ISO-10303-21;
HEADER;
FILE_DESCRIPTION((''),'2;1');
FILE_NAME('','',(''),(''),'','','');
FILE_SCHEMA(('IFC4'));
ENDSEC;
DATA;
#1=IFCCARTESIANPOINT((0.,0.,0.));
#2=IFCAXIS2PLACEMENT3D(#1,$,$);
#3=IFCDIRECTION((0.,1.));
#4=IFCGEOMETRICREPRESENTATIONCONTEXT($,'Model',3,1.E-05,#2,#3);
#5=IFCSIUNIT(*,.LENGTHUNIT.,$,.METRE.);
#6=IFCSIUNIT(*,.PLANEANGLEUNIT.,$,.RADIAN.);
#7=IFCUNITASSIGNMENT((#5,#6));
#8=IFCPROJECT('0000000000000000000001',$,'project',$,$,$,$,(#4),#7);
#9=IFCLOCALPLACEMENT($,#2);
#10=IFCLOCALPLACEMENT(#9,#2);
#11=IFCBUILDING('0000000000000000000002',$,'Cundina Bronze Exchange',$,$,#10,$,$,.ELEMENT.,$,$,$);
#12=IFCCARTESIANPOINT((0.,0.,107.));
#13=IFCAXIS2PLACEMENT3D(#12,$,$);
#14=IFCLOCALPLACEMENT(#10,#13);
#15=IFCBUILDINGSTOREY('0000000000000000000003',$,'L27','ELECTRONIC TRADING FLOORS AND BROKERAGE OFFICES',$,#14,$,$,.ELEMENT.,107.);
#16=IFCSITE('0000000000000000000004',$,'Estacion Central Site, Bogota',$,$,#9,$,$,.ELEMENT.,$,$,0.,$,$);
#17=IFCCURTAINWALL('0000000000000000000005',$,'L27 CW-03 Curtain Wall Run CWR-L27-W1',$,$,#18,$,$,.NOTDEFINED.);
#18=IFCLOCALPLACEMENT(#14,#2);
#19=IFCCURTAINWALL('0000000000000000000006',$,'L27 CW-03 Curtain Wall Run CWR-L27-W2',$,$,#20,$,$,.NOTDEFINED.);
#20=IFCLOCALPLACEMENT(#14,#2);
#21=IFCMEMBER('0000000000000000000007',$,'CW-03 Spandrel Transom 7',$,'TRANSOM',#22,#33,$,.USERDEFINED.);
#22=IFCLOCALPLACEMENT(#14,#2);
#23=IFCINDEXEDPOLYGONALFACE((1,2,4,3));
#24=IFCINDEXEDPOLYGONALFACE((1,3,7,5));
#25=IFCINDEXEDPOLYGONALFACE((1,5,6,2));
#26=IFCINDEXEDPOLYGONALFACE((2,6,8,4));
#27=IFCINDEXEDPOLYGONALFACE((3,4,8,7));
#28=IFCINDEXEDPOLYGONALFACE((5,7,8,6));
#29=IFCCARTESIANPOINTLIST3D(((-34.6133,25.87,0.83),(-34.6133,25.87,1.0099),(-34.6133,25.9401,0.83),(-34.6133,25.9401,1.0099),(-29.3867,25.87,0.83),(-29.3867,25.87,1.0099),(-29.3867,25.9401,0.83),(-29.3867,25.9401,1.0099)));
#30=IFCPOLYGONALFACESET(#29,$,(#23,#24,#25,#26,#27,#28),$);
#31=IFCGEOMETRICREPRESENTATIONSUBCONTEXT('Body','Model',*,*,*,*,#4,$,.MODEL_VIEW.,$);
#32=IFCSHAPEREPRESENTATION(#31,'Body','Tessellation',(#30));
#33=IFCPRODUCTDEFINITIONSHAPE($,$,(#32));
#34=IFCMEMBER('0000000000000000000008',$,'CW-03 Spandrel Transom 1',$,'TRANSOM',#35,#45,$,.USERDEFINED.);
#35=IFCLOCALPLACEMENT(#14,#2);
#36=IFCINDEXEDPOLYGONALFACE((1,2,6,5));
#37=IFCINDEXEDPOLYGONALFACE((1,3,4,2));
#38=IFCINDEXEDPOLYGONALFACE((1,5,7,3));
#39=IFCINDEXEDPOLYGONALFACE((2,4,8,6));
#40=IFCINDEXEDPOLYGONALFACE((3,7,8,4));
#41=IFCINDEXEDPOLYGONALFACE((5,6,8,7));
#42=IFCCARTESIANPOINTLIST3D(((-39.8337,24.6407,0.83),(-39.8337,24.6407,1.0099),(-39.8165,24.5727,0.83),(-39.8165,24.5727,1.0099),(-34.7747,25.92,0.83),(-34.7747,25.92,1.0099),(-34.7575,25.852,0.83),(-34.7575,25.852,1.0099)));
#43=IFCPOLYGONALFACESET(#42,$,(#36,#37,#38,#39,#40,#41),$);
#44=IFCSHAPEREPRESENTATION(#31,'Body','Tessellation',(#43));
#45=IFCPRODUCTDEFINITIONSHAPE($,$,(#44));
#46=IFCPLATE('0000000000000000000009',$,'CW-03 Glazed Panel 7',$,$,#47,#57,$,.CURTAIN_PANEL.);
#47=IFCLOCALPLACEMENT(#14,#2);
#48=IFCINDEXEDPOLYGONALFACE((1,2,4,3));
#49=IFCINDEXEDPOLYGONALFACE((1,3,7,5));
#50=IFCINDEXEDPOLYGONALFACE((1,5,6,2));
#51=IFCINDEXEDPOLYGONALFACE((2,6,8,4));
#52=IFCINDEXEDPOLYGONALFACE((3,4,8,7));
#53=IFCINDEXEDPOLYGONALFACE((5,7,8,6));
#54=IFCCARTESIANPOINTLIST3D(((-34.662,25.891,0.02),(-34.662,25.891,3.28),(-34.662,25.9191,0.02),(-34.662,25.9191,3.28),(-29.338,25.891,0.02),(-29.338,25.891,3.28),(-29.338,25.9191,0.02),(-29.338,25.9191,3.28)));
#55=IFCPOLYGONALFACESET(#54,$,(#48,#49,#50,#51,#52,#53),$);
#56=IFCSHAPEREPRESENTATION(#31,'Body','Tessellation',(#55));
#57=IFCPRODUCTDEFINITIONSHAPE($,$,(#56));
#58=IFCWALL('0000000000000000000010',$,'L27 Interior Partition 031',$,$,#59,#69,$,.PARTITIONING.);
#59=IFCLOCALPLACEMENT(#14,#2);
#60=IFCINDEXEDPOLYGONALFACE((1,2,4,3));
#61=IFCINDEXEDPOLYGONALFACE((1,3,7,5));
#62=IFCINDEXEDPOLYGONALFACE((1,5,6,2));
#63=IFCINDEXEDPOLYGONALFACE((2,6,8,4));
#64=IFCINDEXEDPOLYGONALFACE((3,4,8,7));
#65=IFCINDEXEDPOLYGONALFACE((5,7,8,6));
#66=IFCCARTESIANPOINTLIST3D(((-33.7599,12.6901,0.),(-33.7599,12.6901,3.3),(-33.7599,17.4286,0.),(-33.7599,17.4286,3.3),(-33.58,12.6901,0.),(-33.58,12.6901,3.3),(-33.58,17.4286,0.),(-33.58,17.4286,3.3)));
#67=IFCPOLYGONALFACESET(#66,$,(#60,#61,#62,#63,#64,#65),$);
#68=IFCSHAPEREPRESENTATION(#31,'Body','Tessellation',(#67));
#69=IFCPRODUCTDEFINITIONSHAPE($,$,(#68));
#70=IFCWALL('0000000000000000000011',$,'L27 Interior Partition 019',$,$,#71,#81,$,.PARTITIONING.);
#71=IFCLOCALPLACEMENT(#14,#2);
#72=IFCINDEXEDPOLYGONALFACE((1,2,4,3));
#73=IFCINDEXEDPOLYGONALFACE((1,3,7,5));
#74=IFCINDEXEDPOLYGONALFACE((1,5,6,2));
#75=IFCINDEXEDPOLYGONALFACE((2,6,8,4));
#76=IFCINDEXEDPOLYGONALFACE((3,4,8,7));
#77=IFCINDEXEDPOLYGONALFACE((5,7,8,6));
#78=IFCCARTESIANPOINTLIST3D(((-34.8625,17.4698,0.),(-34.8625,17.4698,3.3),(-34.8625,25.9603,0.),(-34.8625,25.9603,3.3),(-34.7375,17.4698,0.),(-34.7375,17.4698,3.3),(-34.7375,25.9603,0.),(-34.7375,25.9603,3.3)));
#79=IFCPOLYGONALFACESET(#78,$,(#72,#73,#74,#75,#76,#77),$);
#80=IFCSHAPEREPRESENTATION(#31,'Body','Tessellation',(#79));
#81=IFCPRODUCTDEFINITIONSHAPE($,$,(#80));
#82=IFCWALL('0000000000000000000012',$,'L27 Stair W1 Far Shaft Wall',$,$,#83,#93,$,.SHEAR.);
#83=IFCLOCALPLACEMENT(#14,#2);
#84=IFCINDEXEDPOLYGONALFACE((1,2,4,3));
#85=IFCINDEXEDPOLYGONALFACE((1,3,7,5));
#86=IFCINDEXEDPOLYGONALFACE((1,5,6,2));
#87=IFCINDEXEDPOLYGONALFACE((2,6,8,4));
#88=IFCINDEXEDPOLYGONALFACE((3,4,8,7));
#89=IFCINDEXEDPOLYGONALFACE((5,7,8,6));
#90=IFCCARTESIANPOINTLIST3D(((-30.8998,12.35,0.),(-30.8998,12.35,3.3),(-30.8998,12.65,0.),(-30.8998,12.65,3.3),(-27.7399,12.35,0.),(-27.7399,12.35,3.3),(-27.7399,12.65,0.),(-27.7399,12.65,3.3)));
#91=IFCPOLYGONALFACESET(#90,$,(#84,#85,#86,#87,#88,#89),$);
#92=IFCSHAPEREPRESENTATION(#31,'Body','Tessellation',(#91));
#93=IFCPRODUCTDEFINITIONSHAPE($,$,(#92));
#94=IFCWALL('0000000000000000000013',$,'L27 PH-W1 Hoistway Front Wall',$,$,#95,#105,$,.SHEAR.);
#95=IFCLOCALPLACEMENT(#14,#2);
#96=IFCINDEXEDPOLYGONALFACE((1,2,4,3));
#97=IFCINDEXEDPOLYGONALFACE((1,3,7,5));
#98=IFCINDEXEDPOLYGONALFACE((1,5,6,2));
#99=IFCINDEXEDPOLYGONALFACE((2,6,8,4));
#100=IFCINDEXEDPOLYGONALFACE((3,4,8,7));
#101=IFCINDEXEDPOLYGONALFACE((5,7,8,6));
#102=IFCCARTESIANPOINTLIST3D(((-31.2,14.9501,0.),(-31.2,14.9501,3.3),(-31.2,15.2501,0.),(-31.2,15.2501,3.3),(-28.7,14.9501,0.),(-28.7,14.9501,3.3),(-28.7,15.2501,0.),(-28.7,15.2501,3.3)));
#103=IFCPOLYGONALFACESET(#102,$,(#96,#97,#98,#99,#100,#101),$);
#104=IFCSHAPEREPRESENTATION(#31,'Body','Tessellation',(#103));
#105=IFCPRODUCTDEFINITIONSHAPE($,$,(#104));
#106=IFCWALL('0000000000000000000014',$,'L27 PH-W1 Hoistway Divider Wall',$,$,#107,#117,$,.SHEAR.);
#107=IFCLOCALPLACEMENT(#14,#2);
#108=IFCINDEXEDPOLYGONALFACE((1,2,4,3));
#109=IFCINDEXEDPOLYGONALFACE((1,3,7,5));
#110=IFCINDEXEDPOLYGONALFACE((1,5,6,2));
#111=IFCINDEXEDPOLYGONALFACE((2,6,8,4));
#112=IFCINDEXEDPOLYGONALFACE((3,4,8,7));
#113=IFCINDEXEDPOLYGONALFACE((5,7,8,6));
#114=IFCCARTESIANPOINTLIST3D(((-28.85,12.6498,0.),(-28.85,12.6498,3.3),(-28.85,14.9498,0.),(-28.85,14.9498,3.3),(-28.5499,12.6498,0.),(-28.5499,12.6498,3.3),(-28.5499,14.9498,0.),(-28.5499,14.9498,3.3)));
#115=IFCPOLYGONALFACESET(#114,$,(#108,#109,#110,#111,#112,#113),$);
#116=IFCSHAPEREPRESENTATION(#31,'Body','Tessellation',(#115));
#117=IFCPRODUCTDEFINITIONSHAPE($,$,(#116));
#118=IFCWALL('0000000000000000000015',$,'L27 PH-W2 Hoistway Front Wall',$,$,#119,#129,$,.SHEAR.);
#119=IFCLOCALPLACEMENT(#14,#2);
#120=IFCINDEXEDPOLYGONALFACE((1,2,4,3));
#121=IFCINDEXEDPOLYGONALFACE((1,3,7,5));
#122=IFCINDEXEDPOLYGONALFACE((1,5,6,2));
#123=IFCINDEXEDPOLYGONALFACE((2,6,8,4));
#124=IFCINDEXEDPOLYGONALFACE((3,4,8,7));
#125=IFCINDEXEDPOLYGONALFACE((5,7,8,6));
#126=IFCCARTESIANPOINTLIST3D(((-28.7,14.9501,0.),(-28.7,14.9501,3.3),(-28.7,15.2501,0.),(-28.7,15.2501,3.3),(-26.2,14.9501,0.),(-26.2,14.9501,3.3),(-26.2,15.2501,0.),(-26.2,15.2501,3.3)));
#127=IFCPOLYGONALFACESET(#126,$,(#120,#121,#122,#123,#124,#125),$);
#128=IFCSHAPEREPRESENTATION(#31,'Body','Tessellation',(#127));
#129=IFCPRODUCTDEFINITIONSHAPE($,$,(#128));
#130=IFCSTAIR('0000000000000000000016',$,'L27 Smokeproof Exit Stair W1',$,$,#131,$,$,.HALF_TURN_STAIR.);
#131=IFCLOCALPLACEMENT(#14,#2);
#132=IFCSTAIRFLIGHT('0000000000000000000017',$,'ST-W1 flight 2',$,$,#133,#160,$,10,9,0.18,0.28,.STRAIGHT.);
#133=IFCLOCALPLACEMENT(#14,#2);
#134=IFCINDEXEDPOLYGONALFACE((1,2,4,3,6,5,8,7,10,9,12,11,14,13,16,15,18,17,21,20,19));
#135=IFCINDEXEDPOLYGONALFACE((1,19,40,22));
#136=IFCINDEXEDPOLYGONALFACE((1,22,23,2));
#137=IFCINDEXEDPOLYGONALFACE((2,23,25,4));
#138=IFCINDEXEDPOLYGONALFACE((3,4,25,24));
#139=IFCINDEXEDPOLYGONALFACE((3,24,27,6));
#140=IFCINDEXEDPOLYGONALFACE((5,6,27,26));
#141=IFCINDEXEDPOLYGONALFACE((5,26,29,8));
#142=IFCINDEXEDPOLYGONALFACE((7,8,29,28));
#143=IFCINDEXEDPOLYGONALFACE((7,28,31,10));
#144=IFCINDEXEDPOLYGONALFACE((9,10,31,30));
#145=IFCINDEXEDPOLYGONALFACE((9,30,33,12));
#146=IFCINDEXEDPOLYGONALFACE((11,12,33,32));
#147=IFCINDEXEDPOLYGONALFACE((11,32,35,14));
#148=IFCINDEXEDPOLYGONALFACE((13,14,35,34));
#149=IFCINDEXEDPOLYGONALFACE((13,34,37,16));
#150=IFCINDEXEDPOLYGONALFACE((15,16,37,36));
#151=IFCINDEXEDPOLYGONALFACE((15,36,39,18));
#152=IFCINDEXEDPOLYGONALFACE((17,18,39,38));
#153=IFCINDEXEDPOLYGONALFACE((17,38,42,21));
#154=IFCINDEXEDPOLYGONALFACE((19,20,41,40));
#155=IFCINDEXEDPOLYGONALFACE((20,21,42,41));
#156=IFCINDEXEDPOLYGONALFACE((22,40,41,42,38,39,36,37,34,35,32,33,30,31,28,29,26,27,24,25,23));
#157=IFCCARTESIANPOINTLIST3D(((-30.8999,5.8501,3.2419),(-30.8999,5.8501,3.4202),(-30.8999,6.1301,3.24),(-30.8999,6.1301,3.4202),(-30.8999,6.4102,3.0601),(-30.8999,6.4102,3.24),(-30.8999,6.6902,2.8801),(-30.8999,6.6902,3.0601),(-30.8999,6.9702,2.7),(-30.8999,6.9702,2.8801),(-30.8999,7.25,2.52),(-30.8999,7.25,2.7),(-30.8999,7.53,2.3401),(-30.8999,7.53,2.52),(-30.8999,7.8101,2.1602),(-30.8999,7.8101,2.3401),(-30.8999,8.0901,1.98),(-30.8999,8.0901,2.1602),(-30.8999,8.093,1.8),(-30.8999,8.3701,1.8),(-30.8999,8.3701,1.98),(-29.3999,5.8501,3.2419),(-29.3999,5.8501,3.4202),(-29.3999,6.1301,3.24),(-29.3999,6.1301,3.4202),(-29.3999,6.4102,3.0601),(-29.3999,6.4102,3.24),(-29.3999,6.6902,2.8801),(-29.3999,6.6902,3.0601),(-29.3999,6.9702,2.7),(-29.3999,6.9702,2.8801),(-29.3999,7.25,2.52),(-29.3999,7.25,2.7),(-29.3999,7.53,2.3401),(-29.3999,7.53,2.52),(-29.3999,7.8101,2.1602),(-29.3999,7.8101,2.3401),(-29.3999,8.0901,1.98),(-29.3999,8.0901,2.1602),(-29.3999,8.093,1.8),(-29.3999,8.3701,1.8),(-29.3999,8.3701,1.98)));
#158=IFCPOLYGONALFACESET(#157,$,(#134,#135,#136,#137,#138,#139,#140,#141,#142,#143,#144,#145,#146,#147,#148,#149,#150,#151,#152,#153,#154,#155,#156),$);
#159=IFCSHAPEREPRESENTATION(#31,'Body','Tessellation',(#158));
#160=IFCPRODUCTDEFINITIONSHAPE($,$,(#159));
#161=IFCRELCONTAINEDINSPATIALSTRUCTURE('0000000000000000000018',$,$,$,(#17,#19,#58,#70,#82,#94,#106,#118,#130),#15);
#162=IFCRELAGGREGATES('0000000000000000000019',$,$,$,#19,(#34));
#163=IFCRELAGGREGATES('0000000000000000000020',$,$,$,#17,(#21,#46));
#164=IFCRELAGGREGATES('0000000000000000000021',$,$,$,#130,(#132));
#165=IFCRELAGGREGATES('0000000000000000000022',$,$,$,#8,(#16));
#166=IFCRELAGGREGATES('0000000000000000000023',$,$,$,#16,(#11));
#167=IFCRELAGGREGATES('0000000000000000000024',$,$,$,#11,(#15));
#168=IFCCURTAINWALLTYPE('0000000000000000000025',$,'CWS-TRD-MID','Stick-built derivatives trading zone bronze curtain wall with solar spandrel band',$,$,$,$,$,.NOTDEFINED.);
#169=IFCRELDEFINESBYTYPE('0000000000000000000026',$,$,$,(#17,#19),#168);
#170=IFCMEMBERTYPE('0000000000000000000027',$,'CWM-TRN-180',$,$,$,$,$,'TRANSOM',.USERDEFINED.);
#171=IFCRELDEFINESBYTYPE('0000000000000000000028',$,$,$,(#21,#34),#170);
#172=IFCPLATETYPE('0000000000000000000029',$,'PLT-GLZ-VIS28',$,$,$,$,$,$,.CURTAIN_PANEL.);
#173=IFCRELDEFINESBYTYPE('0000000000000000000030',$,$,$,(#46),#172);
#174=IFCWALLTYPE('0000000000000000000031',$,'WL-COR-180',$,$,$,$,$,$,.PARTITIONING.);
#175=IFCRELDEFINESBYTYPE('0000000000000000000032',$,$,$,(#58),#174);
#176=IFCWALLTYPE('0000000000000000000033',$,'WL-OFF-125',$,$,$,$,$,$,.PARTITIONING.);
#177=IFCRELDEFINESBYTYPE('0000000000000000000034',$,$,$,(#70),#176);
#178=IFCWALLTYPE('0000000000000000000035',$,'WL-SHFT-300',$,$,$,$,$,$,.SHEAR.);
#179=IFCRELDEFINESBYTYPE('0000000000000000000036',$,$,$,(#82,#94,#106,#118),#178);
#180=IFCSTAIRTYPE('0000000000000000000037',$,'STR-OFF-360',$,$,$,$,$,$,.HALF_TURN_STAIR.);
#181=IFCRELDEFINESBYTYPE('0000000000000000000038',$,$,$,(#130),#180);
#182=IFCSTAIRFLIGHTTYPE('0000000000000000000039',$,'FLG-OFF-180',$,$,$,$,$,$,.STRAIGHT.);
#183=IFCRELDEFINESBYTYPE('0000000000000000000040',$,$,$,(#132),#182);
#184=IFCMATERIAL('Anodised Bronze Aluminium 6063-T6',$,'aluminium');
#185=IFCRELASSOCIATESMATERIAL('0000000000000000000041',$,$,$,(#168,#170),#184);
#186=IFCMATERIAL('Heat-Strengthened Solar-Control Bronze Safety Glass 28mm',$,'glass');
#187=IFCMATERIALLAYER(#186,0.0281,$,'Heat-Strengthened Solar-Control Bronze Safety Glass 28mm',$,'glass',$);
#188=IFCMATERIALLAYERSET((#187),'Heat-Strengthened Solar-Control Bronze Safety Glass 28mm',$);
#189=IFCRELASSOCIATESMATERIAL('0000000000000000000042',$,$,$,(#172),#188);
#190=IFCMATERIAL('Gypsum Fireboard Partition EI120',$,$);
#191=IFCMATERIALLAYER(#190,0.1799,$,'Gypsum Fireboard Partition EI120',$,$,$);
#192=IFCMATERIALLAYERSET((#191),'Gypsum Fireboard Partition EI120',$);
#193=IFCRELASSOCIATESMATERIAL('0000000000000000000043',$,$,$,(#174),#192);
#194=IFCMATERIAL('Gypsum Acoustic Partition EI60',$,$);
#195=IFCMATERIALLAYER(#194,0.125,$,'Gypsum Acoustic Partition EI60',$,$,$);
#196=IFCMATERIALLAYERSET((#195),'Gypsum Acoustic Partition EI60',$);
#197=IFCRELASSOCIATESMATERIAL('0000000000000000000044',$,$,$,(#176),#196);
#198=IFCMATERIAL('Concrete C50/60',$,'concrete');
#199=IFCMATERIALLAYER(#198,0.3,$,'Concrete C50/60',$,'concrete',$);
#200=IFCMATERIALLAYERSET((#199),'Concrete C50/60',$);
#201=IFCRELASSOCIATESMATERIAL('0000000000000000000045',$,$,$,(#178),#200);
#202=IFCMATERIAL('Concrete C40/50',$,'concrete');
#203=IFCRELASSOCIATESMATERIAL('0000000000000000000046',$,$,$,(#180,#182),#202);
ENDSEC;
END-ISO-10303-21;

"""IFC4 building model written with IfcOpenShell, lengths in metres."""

from ifc_helpers import new_model, si_unit, direction, frame, frame_2d, origin, origin_2d, place, context, subcontext, project, spatial, polyline, rectangle, outline, extrude, material, layer, layer_set, material_profile, profile_set, type_object, element, aggregate, save


model = new_model("IFC4")

# Units and contexts
model_context = context("Model", 3, precision=1e-05, world=origin(), true_north=direction((0.0, 1.0)))
body_context = subcontext(model_context, "Body", "Model", "MODEL_VIEW")
ifc_project = project(units=[si_unit("LENGTHUNIT", "METRE"), si_unit("PLANEANGLEUNIT", "RADIAN")], contexts=[model_context])

# Site, building, storey
site_placement = place(None, origin())
site = spatial("IfcSite", under=ifc_project, at=site_placement, Name="Estacion Central Site, Bogota", CompositionType="ELEMENT", RefElevation=0.0)
building_placement = place(site_placement, origin())
building = spatial("IfcBuilding", under=site, at=building_placement, Name="Cundina Bronze Exchange", CompositionType="ELEMENT")
storey_placement = place(building_placement, frame((0.0, 0.0, 107.0)))
storey = spatial("IfcBuildingStorey", under=building, at=storey_placement, Name="L27", Description="ELECTRONIC TRADING FLOORS AND BROKERAGE OFFICES", CompositionType="ELEMENT", Elevation=107.0)

# Curtain wall
ifc_material_1 = material(Name="Anodised Bronze Aluminium 6063-T6", Category="aluminium")
curtain_wall_type = type_object("IfcCurtainWallType", Name="CWS-TRD-MID", Description="Stick-built derivatives trading zone bronze curtain wall with solar spandrel band", PredefinedType="NOTDEFINED", material=ifc_material_1)
curtain_wall_1_placement = place(storey_placement, origin())
curtain_wall_1 = element("IfcCurtainWall", 1, at=curtain_wall_1_placement, inside=storey, type_object=curtain_wall_type, Name="L27 CW-03 Curtain Wall Run CWR-L27-W1", PredefinedType="NOTDEFINED")

# Curtain wall
curtain_wall_2_placement = place(storey_placement, origin())
curtain_wall_2 = element("IfcCurtainWall", 2, at=curtain_wall_2_placement, inside=storey, type_object=curtain_wall_type, Name="L27 CW-03 Curtain Wall Run CWR-L27-W2", PredefinedType="NOTDEFINED")

# Members
ifc_material_profile_1 = material_profile(ifc_material_1, rectangle(XDim=0.0701, YDim=0.1799, at=origin_2d()), Name="AL70X180", Category="aluminium")
ifc_profile_set_1 = profile_set([ifc_material_profile_1], Name="Anodised Bronze Aluminium 6063-T6")
member_type_1 = type_object("IfcMemberType", Name="CWM-TRN-180", ElementType="TRANSOM", PredefinedType="USERDEFINED", material=ifc_profile_set_1)
member_1_placement = place(storey_placement, frame((-29.3867, 25.905, 0.9199), z_axis=(-1.0, 0.0, 0.0), x_axis=(0.0, -1.0, 0.0)))
member_1 = element("IfcMember", 3, at=member_1_placement, type_object=member_type_1, Name="CW-03 Spandrel Transom 7", ObjectType="TRANSOM", PredefinedType="USERDEFINED", context=body_context, shape_type="SweptSolid", body=[
    extrude(rectangle(XDim=0.0701, YDim=0.1799, at=origin_2d()), origin(), (0.0, 0.0, 1.0), 5.2266),
])
member_2_placement = place(storey_placement, frame((-34.7661, 25.886, 0.9199), z_axis=(-0.969484, -0.245155, 0.0), x_axis=(0.245155, -0.969484, 0.0)))
member_2 = element("IfcMember", 4, at=member_2_placement, type_object=member_type_1, Name="CW-03 Spandrel Transom 1", ObjectType="TRANSOM", PredefinedType="USERDEFINED", context=body_context, shape_type="SweptSolid", body=[
    extrude(rectangle(XDim=0.0701, YDim=0.1799, at=origin_2d()), origin(), (0.0, 0.0, 1.0), 5.2183),
])
aggregate(curtain_wall_2, [member_2])

# Plate
ifc_material_2 = material(Name="Heat-Strengthened Solar-Control Bronze Safety Glass 28mm", Category="glass")
ifc_layer_1 = layer(ifc_material_2, 0.0281, Name="Heat-Strengthened Solar-Control Bronze Safety Glass 28mm", Category="glass")
ifc_layer_set_1 = layer_set([ifc_layer_1], Name="Heat-Strengthened Solar-Control Bronze Safety Glass 28mm")
plate_type = type_object("IfcPlateType", Name="PLT-GLZ-VIS28", PredefinedType="CURTAIN_PANEL", material=ifc_layer_set_1)
plate_placement = place(storey_placement, frame((-32.0, 25.905, 0.02), z_axis=(0.0, 0.0, 1.0), x_axis=(-1.0, 0.0, 0.0)))
plate = element("IfcPlate", 5, at=plate_placement, type_object=plate_type, Name="CW-03 Glazed Panel 7", PredefinedType="CURTAIN_PANEL", context=body_context, shape_type="SweptSolid", body=[
    extrude(rectangle(XDim=5.324, YDim=0.0281, at=origin_2d()), origin(), (0.0, 0.0, 1.0), 3.26),
])
aggregate(curtain_wall_1, [member_1, plate])

# Shared definitions
ifc_material_3 = material(Name="Gypsum Fireboard Partition EI120")
ifc_layer_2 = layer(ifc_material_3, 0.1799, Name="Gypsum Fireboard Partition EI120")
ifc_layer_set_2 = layer_set([ifc_layer_2], Name="Gypsum Fireboard Partition EI120")
wall_type_1 = type_object("IfcWallType", Name="WL-COR-180", PredefinedType="PARTITIONING", material=ifc_layer_set_2)

# Wall
wall_1_placement = place(storey_placement, frame((-33.6699, 17.4285, 0.0), z_axis=(0.0, 0.0, 1.0), x_axis=(0.0, -1.0, 0.0)))
element("IfcWall", 6, at=wall_1_placement, inside=storey, type_object=wall_type_1, Name="L27 Interior Partition 031", PredefinedType="PARTITIONING", context=body_context, shape_type="SweptSolid", body=[
    extrude(rectangle(XDim=4.7385, YDim=0.1799, at=frame_2d((2.3691, 0.0))), origin(), (0.0, 0.0, 1.0), 3.3),
])

# Wall
ifc_material_4 = material(Name="Gypsum Acoustic Partition EI60")
ifc_layer_3 = layer(ifc_material_4, 0.125, Name="Gypsum Acoustic Partition EI60")
ifc_layer_set_3 = layer_set([ifc_layer_3], Name="Gypsum Acoustic Partition EI60")
wall_type_2 = type_object("IfcWallType", Name="WL-OFF-125", PredefinedType="PARTITIONING", material=ifc_layer_set_3)
wall_2_placement = place(storey_placement, frame((-34.8, 17.47, 0.0), z_axis=(0.0, 0.0, 1.0), x_axis=(0.0, 1.0, 0.0)))
element("IfcWall", 7, at=wall_2_placement, inside=storey, type_object=wall_type_2, Name="L27 Interior Partition 019", PredefinedType="PARTITIONING", context=body_context, shape_type="SweptSolid", body=[
    extrude(rectangle(XDim=8.4905, YDim=0.125, at=frame_2d((4.2451, 0.0))), origin(), (0.0, 0.0, 1.0), 3.3),
])

# Shared definitions
ifc_material_5 = material(Name="Concrete C50/60", Category="concrete")
ifc_layer_4 = layer(ifc_material_5, 0.3, Name="Concrete C50/60", Category="concrete")
ifc_layer_set_4 = layer_set([ifc_layer_4], Name="Concrete C50/60")
wall_type_3 = type_object("IfcWallType", Name="WL-SHFT-300", PredefinedType="SHEAR", material=ifc_layer_set_4)

# Walls
wall_3_placement = place(storey_placement, frame((-30.8999, 12.5, 0.0), z_axis=(0.0, 0.0, 1.0), x_axis=(1.0, 0.0, 0.0)))
element("IfcWall", 8, at=wall_3_placement, inside=storey, type_object=wall_type_3, Name="L27 Stair W1 Far Shaft Wall", PredefinedType="SHEAR", context=body_context, shape_type="SweptSolid", body=[
    extrude(rectangle(XDim=3.1599, YDim=0.3, at=frame_2d((1.5801, 0.0))), origin(), (0.0, 0.0, 1.0), 3.3),
])
wall_4_placement = place(storey_placement, frame((-31.2, 15.1001, 0.0), z_axis=(0.0, 0.0, 1.0), x_axis=(1.0, 0.0, 0.0)))
element("IfcWall", 9, at=wall_4_placement, inside=storey, type_object=wall_type_3, Name="L27 PH-W1 Hoistway Front Wall", PredefinedType="SHEAR", context=body_context, shape_type="SweptSolid", body=[
    extrude(rectangle(XDim=2.5, YDim=0.3, at=frame_2d((1.25, 0.0))), origin(), (0.0, 0.0, 1.0), 3.3),
])
wall_5_placement = place(storey_placement, frame((-28.7, 12.6499, 0.0), z_axis=(0.0, 0.0, 1.0), x_axis=(0.0, 1.0, 0.0)))
element("IfcWall", 10, at=wall_5_placement, inside=storey, type_object=wall_type_3, Name="L27 PH-W1 Hoistway Divider Wall", PredefinedType="SHEAR", context=body_context, shape_type="SweptSolid", body=[
    extrude(rectangle(XDim=2.3, YDim=0.3, at=frame_2d((1.1499, 0.0))), origin(), (0.0, 0.0, 1.0), 3.3),
])
wall_6_placement = place(storey_placement, frame((-28.7, 15.1001, 0.0), z_axis=(0.0, 0.0, 1.0), x_axis=(1.0, 0.0, 0.0)))
element("IfcWall", 11, at=wall_6_placement, inside=storey, type_object=wall_type_3, Name="L27 PH-W2 Hoistway Front Wall", PredefinedType="SHEAR", context=body_context, shape_type="SweptSolid", body=[
    extrude(rectangle(XDim=2.5, YDim=0.3, at=frame_2d((1.25, 0.0))), origin(), (0.0, 0.0, 1.0), 3.3),
])

# Stair, stair flight
ifc_material_6 = material(Name="Concrete C40/50", Category="concrete")
stair_type = type_object("IfcStairType", Name="STR-OFF-360", PredefinedType="HALF_TURN_STAIR", material=ifc_material_6)
stair_placement = place(storey_placement, origin())
stair = element("IfcStair", 12, at=stair_placement, inside=storey, type_object=stair_type, Name="L27 Smokeproof Exit Stair W1", PredefinedType="HALF_TURN_STAIR")
stair_flight_type = type_object("IfcStairFlightType", Name="FLG-OFF-180", PredefinedType="STRAIGHT", material=ifc_material_6)
stair_flight_placement = place(storey_placement, frame((-30.1499, 8.3701, 1.8), z_axis=(0.0, 0.0, 1.0), x_axis=(0.0, -1.0, 0.0)))
stair_flight = element("IfcStairFlight", 13, at=stair_flight_placement, type_object=stair_flight_type, Name="ST-W1 flight 2", NumberOfRisers=10, NumberOfTreads=9, PredefinedType="STRAIGHT", RiserHeight=0.18, TreadLength=0.28, context=body_context, shape_type="SweptSolid", body=[
    extrude(outline(polyline([(0.0, 0.0), (0.0, 0.1799), (0.28, 0.1799), (0.28, 0.3601), (0.5601, 0.3601), (0.5601, 0.54), (0.8401, 0.54), (0.8401, 0.72), (1.1201, 0.72), (1.1201, 0.8999), (1.3999, 0.8999), (1.3999, 1.0801), (1.6799, 1.0801), (1.6799, 1.26), (1.96, 1.26), (1.96, 1.4399), (2.24, 1.4399), (2.24, 1.6201), (2.52, 1.6201), (2.52, 1.8), (2.52, 1.4419), (0.2771, 0.0), (0.0, 0.0)])), frame((0.0, 0.75, 0.0), z_axis=(0.0, -1.0, 0.0), x_axis=(1.0, 0.0, 0.0)), (0.0, 0.0, 1.0), 1.5),
])
aggregate(stair, [stair_flight])

save(model, "model.ifc")
